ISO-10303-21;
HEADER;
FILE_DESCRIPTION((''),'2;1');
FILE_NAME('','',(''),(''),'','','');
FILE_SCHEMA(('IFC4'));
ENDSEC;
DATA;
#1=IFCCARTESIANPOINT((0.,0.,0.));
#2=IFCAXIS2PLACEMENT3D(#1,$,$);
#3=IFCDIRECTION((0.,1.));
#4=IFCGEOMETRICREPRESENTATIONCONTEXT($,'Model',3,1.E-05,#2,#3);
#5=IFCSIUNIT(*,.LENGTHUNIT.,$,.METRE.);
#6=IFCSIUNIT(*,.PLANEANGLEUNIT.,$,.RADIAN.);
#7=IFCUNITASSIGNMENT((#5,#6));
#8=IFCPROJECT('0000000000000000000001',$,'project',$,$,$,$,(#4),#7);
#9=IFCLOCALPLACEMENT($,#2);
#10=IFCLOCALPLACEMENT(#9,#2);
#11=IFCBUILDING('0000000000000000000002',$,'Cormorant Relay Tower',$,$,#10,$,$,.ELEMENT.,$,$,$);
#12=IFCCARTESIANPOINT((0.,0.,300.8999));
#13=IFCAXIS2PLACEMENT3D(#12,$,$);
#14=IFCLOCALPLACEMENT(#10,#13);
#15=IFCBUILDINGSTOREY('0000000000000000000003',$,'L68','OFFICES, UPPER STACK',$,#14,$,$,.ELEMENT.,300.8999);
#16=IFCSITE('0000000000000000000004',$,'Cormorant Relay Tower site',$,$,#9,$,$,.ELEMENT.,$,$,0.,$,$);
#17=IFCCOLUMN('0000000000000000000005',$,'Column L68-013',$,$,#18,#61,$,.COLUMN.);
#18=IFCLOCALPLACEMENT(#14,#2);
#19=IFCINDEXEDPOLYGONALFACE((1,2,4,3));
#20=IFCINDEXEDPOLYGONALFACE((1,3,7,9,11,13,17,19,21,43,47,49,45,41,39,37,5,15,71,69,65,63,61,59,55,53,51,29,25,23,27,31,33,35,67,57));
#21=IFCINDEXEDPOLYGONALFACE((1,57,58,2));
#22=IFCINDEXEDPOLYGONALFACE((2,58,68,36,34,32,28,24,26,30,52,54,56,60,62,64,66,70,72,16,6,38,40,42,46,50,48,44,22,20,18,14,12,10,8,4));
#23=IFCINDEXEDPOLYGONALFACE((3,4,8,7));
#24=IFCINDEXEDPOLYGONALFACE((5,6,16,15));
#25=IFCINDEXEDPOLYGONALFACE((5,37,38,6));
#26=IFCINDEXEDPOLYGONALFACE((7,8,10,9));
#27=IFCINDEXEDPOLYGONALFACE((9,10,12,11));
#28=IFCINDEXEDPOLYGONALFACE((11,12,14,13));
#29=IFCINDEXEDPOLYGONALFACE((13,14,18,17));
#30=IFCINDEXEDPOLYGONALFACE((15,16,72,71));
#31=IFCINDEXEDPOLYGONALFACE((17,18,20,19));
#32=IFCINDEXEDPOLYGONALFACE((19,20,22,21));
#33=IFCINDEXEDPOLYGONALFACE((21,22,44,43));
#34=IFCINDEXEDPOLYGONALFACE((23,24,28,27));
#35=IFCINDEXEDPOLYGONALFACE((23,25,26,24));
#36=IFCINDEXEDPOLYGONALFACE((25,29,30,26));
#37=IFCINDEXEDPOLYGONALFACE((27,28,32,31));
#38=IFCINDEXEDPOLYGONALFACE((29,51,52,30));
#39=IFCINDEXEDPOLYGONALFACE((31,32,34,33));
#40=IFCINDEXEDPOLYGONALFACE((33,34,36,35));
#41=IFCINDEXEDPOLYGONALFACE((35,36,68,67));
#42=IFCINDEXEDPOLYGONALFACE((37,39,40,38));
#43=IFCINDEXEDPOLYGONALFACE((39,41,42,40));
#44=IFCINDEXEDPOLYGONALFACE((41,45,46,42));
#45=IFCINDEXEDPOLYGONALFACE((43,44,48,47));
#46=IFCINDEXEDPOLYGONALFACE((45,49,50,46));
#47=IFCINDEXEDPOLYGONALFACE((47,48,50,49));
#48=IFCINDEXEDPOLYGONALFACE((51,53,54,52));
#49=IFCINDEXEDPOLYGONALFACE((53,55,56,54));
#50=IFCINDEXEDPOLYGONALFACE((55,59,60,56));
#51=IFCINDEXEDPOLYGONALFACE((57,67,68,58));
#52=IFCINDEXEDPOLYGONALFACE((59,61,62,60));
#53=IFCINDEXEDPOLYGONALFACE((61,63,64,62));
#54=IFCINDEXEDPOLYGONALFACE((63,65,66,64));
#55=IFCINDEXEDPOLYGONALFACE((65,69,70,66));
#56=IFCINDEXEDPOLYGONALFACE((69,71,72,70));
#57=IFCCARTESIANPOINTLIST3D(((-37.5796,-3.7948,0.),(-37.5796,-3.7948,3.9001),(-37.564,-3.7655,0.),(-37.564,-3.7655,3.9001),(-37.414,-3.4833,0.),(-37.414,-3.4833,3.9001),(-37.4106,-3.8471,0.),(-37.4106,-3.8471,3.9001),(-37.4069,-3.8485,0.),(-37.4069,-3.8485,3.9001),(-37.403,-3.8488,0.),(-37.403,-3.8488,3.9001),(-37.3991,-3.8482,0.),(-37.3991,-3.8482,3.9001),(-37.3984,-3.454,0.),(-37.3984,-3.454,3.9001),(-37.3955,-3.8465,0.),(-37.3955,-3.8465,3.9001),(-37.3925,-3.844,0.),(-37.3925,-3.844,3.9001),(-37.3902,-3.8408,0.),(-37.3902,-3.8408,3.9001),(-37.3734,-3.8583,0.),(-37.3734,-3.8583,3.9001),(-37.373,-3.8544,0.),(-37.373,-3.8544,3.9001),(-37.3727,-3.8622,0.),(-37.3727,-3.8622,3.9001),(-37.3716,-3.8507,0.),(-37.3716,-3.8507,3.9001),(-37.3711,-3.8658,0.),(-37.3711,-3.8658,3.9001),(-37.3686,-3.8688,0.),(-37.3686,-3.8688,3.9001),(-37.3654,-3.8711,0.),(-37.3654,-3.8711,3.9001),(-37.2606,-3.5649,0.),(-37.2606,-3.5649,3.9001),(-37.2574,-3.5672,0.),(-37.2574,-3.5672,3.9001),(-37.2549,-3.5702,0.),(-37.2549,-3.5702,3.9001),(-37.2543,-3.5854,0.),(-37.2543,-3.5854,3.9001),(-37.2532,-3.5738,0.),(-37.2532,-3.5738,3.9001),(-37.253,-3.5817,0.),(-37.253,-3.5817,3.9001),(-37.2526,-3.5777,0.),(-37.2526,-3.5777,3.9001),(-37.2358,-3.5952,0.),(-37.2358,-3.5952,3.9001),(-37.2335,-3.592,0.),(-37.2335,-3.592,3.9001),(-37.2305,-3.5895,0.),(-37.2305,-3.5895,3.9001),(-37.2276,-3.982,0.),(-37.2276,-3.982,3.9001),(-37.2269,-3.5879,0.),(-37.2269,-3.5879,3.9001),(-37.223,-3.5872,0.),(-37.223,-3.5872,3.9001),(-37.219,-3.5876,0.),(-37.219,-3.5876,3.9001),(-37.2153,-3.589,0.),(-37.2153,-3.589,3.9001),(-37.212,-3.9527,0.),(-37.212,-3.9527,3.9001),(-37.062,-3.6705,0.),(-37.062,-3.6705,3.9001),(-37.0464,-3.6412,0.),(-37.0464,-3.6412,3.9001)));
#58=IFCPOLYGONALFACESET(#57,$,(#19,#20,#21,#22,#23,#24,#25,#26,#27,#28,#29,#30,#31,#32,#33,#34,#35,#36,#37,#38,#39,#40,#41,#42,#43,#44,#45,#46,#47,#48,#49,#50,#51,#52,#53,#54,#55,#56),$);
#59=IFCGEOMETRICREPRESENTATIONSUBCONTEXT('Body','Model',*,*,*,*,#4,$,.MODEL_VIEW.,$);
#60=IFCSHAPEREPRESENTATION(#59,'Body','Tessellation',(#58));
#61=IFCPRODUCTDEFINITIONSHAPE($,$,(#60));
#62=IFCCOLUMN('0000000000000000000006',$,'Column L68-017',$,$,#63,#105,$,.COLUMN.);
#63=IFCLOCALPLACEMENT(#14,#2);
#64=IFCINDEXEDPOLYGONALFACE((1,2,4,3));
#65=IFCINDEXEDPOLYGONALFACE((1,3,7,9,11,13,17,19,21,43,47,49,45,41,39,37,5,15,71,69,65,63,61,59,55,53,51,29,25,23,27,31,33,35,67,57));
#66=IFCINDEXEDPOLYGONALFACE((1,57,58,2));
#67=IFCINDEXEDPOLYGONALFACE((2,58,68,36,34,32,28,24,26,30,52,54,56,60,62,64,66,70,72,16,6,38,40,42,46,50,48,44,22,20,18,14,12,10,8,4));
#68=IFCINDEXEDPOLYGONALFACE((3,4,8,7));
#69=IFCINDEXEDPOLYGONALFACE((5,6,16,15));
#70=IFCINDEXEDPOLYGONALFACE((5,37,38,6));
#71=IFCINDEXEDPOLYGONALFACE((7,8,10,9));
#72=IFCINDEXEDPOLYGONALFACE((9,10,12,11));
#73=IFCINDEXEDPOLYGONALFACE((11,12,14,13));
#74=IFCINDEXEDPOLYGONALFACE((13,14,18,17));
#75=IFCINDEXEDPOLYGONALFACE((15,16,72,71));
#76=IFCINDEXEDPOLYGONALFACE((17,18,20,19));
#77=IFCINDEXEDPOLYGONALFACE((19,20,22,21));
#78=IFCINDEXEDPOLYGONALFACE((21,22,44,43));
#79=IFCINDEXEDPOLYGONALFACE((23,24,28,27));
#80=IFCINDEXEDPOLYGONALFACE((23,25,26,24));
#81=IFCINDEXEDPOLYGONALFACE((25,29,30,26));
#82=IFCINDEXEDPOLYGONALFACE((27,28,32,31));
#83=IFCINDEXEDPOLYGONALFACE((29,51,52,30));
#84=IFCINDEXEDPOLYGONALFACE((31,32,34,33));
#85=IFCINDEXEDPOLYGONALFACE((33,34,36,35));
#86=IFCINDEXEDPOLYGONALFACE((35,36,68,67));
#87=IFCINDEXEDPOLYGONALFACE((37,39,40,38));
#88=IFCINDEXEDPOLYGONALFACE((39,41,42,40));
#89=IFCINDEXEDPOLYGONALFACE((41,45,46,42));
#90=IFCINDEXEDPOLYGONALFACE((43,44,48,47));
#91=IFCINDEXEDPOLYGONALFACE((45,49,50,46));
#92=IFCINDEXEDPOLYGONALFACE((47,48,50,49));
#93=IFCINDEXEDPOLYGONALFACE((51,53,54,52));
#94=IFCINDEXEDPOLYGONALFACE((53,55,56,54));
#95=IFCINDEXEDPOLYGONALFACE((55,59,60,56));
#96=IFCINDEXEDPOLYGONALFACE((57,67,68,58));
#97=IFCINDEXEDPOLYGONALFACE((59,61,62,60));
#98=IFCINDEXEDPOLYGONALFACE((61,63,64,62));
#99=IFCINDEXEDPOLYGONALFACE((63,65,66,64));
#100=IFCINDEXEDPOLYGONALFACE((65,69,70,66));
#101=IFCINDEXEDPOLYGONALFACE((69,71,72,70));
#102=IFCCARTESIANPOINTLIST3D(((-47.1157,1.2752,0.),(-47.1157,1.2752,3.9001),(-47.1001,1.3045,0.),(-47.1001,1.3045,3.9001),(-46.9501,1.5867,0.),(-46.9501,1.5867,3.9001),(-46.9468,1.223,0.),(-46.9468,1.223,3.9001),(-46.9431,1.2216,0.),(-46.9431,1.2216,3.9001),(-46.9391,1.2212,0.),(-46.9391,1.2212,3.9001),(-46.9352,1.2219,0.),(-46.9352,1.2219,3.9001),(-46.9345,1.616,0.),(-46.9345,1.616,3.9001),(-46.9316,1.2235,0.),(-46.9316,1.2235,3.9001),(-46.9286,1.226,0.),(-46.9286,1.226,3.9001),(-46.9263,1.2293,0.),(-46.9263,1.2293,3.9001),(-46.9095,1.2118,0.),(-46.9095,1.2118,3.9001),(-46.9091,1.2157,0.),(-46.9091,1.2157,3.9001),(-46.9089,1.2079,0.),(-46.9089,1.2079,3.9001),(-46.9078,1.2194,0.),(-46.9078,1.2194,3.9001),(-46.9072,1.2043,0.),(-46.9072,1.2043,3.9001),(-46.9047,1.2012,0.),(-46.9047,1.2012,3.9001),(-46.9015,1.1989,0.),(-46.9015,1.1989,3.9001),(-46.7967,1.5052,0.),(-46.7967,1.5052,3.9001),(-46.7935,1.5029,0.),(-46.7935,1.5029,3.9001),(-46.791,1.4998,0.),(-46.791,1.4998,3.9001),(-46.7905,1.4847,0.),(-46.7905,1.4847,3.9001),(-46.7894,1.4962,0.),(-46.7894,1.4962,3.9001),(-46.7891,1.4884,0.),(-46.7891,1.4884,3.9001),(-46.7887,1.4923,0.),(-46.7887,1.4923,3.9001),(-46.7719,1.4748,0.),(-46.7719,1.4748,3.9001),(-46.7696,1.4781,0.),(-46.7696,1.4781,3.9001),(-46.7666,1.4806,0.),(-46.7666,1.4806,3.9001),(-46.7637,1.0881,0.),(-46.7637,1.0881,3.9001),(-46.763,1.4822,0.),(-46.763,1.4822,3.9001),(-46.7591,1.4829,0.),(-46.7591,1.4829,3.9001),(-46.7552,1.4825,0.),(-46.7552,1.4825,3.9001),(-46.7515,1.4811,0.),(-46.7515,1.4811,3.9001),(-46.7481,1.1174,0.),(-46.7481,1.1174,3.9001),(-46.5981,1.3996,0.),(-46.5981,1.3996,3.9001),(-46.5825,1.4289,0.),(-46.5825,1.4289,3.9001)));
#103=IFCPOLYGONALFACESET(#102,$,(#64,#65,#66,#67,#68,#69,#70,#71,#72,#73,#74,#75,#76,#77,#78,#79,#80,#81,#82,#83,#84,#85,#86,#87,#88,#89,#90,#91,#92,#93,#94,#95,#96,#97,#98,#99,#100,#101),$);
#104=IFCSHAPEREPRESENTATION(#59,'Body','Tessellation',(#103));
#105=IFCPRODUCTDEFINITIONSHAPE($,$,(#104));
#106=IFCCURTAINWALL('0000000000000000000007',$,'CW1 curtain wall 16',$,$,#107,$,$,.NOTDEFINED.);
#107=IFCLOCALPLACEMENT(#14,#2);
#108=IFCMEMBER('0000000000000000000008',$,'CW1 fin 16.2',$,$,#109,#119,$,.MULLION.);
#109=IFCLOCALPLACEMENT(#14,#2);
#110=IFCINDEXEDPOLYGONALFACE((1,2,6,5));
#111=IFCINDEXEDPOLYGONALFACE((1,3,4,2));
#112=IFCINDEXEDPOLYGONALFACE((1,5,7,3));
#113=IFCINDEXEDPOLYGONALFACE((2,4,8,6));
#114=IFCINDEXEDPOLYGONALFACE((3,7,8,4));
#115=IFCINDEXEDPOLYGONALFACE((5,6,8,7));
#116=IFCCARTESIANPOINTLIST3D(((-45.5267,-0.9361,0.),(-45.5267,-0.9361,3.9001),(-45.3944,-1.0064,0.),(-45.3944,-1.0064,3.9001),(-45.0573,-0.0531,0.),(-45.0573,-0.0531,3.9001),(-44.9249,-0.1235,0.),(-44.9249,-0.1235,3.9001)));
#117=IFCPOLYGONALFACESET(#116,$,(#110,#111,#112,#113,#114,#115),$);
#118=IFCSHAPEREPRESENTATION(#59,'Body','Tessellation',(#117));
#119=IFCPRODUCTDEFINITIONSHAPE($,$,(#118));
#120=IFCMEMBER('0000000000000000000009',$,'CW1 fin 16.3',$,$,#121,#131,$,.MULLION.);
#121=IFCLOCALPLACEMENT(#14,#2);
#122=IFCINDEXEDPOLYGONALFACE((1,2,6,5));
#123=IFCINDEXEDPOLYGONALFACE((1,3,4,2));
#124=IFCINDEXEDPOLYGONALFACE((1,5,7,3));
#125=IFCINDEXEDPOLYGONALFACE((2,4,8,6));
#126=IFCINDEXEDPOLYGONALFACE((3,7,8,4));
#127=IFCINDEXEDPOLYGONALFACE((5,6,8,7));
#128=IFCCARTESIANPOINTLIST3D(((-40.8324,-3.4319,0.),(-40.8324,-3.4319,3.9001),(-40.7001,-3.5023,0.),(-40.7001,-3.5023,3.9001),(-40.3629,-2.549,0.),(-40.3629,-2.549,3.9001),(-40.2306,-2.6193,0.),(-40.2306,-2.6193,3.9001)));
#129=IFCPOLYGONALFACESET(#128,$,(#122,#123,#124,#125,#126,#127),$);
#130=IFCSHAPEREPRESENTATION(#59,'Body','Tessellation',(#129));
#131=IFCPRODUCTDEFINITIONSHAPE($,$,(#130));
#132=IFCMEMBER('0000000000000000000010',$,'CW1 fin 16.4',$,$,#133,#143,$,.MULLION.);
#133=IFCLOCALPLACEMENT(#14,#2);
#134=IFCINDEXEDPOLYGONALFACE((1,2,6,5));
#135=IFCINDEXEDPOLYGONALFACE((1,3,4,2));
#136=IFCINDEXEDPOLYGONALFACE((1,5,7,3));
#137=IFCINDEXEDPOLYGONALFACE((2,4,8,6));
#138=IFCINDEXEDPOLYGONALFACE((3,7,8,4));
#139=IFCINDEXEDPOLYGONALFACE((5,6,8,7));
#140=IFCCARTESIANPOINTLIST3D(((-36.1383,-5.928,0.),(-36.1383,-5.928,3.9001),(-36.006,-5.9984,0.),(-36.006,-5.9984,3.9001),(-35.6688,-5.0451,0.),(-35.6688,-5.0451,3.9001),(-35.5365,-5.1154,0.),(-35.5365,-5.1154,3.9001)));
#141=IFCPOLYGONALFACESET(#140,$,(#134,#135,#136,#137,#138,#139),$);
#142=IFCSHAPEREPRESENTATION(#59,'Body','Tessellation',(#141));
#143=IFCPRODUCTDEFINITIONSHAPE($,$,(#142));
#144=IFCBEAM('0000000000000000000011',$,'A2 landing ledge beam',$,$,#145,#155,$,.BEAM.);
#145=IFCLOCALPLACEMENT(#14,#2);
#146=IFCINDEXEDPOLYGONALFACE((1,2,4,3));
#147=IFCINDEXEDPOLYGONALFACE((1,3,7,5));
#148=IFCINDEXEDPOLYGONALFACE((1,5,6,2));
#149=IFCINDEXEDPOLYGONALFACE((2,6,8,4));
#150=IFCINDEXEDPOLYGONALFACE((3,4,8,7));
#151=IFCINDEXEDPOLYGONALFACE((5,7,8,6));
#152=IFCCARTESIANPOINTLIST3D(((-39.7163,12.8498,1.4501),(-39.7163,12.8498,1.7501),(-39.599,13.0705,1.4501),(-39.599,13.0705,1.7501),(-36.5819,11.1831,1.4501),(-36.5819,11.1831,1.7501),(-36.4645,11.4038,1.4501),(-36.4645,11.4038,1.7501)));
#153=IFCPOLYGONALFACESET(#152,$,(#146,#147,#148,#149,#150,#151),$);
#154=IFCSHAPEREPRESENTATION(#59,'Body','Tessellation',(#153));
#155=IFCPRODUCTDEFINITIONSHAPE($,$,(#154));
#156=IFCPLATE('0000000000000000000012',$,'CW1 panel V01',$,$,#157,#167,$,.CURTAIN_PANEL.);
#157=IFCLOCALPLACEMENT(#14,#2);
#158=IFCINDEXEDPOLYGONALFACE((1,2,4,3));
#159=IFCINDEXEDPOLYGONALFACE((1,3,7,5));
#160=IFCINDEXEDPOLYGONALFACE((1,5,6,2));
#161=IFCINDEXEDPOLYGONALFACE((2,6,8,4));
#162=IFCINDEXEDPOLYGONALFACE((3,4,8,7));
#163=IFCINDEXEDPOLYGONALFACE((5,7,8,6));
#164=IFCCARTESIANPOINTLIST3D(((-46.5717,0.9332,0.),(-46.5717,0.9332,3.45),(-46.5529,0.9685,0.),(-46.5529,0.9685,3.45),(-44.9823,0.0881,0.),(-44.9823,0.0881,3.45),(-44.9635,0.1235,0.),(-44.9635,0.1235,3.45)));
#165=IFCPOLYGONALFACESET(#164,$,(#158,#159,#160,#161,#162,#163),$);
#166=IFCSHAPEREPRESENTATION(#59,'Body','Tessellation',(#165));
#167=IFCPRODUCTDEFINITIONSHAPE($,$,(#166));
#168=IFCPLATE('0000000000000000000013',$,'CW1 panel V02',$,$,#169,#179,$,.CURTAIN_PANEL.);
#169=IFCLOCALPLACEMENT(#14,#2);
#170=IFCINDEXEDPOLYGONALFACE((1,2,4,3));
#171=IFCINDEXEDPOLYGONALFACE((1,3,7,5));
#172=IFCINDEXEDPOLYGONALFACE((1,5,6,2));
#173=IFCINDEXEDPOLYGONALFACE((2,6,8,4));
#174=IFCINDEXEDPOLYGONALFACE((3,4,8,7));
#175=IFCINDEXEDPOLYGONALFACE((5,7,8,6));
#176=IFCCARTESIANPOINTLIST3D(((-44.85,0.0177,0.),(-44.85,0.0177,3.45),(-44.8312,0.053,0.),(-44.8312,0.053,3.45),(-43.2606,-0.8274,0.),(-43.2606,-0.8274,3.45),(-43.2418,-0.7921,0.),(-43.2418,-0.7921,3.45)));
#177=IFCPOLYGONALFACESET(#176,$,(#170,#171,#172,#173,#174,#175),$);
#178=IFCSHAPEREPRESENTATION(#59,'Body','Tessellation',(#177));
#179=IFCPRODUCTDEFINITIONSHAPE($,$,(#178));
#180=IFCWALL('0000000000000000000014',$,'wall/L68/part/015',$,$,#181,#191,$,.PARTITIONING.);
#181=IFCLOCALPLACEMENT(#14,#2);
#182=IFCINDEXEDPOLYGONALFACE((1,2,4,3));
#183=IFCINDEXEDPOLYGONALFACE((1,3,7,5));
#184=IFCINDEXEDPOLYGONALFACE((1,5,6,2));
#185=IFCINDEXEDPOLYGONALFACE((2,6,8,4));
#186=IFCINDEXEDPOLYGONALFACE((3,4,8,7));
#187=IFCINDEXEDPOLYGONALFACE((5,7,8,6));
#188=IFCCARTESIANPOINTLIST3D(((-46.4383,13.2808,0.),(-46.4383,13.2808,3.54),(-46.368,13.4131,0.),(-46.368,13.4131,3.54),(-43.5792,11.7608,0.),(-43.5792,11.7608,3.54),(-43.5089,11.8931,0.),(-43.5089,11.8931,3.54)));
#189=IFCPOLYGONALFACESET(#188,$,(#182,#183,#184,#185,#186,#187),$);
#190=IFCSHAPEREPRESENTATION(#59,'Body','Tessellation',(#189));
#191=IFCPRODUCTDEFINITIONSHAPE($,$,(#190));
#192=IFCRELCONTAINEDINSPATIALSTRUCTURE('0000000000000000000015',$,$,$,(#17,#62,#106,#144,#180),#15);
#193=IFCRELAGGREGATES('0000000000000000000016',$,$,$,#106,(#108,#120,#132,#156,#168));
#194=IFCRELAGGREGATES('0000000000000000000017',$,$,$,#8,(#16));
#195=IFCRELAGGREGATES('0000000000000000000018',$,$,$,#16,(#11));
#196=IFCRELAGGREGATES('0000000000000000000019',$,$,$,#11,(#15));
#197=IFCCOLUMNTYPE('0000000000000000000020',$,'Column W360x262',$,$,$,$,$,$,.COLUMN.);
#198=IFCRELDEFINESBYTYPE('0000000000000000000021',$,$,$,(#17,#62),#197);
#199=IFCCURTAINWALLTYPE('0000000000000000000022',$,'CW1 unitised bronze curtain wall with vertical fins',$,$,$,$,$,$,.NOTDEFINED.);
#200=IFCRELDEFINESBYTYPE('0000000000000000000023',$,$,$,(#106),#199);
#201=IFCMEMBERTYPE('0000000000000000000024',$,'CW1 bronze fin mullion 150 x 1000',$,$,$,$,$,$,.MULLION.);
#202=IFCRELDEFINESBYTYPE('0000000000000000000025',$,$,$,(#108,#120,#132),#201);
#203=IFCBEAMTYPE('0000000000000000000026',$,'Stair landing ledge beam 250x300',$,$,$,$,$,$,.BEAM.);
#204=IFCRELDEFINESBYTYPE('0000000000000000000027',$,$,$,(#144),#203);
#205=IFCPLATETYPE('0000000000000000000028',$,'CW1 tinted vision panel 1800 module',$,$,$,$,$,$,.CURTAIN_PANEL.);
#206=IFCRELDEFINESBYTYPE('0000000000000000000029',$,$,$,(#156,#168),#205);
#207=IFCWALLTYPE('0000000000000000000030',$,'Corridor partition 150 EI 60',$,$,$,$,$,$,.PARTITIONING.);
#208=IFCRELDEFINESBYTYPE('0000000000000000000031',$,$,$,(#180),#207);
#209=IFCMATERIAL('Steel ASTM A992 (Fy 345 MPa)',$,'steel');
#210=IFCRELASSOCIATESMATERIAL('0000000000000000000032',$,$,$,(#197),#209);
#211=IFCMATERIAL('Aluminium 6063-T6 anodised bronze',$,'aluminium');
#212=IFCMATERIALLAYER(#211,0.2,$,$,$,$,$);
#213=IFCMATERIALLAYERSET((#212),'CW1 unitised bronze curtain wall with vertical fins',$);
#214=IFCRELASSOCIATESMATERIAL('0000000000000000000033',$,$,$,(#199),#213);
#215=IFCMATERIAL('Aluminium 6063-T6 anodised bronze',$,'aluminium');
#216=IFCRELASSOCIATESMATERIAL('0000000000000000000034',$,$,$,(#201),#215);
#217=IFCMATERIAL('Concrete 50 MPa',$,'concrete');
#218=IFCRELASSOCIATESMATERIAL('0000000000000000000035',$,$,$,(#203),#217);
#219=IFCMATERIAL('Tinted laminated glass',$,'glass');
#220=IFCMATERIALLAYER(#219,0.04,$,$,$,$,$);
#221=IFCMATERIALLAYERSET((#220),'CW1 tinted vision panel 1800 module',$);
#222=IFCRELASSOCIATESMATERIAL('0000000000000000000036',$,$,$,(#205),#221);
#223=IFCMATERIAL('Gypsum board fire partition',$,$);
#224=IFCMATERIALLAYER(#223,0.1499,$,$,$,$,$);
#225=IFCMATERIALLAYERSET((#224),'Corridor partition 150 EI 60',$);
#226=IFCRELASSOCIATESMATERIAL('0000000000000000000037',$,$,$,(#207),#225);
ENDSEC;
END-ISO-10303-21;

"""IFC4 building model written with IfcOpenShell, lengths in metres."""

from ifc_helpers import new_model, si_unit, direction, frame, frame_2d, origin, origin_2d, place, context, subcontext, project, spatial, rectangle, i_section, extrude, material, layer, layer_set, material_profile, profile_set, type_object, element, aggregate, save


model = new_model("IFC4")

# Units and contexts
model_context = context("Model", 3, precision=1e-05, world=origin(), true_north=direction((0.0, 1.0)))
body_context = subcontext(model_context, "Body", "Model", "MODEL_VIEW")
ifc_project = project(units=[si_unit("LENGTHUNIT", "METRE"), si_unit("PLANEANGLEUNIT", "RADIAN")], contexts=[model_context])

# Site, building, storey
site_placement = place(None, origin())
site = spatial("IfcSite", under=ifc_project, at=site_placement, Name="Cormorant Relay Tower site", CompositionType="ELEMENT", RefElevation=0.0)
building_placement = place(site_placement, origin())
building = spatial("IfcBuilding", under=site, at=building_placement, Name="Cormorant Relay Tower", CompositionType="ELEMENT")
storey_placement = place(building_placement, frame((0.0, 0.0, 300.8999)))
storey = spatial("IfcBuildingStorey", under=building, at=storey_placement, Name="L68", Description="OFFICES, UPPER STACK", CompositionType="ELEMENT", Elevation=300.8999)

# Columns
ifc_material_1 = material(Name="Steel ASTM A992 (Fy 345 MPa)", Category="steel")
ifc_material_profile_1 = material_profile(ifc_material_1, i_section(OverallWidth=0.3987, OverallDepth=0.386, WebThickness=0.021, FlangeThickness=0.0332, FilletRadius=0.0151, at=origin_2d()), Name="W360x262")
ifc_profile_set_1 = profile_set([ifc_material_profile_1], Name="Steel ASTM A992 (Fy 345 MPa)")
column_type = type_object("IfcColumnType", Name="Column W360x262", PredefinedType="COLUMN", material=ifc_profile_set_1)
for number, where, z_axis, x_axis, name in (
    (1, (-37.313, -3.718, 0.0), (0.0, 0.0, 1.0), (0.882948, -0.469472, 0.0), "Column L68-013"),
    (2, (-46.8491, 1.3521, 0.0), (0.0, 0.0, 1.0), (0.882948, -0.469472, 0.0), "Column L68-017"),
):
    element("IfcColumn", number, at=place(storey_placement, frame(where, z_axis=z_axis, x_axis=x_axis)), inside=storey, type_object=column_type, Name=name, PredefinedType="COLUMN", context=body_context, shape_type="SweptSolid", body=[
        extrude(i_section(OverallWidth=0.3987, OverallDepth=0.386, WebThickness=0.021, FlangeThickness=0.0332, FilletRadius=0.0151, at=origin_2d()), origin(), (0.0, 0.0, 1.0), 3.9001),
    ])

# Curtain wall, members
ifc_material_2 = material(Name="Aluminium 6063-T6 anodised bronze", Category="aluminium")
ifc_layer_1 = layer(ifc_material_2, 0.2)
ifc_layer_set_1 = layer_set([ifc_layer_1], Name="CW1 unitised bronze curtain wall with vertical fins")
curtain_wall_type = type_object("IfcCurtainWallType", Name="CW1 unitised bronze curtain wall with vertical fins", PredefinedType="NOTDEFINED", material=ifc_layer_set_1)
curtain_wall_placement = place(storey_placement, origin())
curtain_wall = element("IfcCurtainWall", 3, at=curtain_wall_placement, inside=storey, type_object=curtain_wall_type, Name="CW1 curtain wall 16", PredefinedType="NOTDEFINED")
ifc_material_3 = material(Name="Aluminium 6063-T6 anodised bronze", Category="aluminium")
ifc_material_profile_2 = material_profile(ifc_material_3, rectangle(XDim=0.1499, YDim=1.0, at=origin_2d()), Name="AL 150x1000")
ifc_profile_set_2 = profile_set([ifc_material_profile_2], Name="Aluminium 6063-T6 anodised bronze")
member_type = type_object("IfcMemberType", Name="CW1 bronze fin mullion 150 x 1000", PredefinedType="MULLION", material=ifc_profile_set_2)
member_1_placement = place(storey_placement, frame((-45.2258, -0.5298, 0.0), z_axis=(0.0, 0.0, 1.0), x_axis=(0.882948, -0.469472, 0.0)))
member_1 = element("IfcMember", 4, at=member_1_placement, type_object=member_type, Name="CW1 fin 16.2", PredefinedType="MULLION", context=body_context, shape_type="SweptSolid", body=[
    extrude(rectangle(XDim=0.1499, YDim=1.0, at=origin_2d()), origin(), (0.0, 0.0, 1.0), 3.9001),
])
member_2_placement = place(storey_placement, frame((-40.5315, -3.0256, 0.0), z_axis=(0.0, 0.0, 1.0), x_axis=(0.882948, -0.469472, 0.0)))
member_2 = element("IfcMember", 5, at=member_2_placement, type_object=member_type, Name="CW1 fin 16.3", PredefinedType="MULLION", context=body_context, shape_type="SweptSolid", body=[
    extrude(rectangle(XDim=0.1499, YDim=1.0, at=origin_2d()), origin(), (0.0, 0.0, 1.0), 3.9001),
])
member_3_placement = place(storey_placement, frame((-35.8374, -5.5217, 0.0), z_axis=(0.0, 0.0, 1.0), x_axis=(0.882948, -0.469472, 0.0)))
member_3 = element("IfcMember", 6, at=member_3_placement, type_object=member_type, Name="CW1 fin 16.4", PredefinedType="MULLION", context=body_context, shape_type="SweptSolid", body=[
    extrude(rectangle(XDim=0.1499, YDim=1.0, at=origin_2d()), origin(), (0.0, 0.0, 1.0), 3.9001),
])

# Beam
ifc_material_4 = material(Name="Concrete 50 MPa", Category="concrete")
ifc_material_profile_3 = material_profile(ifc_material_4, rectangle(XDim=0.25, YDim=0.3, at=origin_2d()), Name="RC 250x300")
ifc_profile_set_3 = profile_set([ifc_material_profile_3], Name="Concrete 50 MPa")
beam_type = type_object("IfcBeamType", Name="Stair landing ledge beam 250x300", PredefinedType="BEAM", material=ifc_profile_set_3)
beam_placement = place(storey_placement, frame((-36.5232, 11.2935, 1.6001), z_axis=(-0.882937, 0.469492, 0.0), x_axis=(-0.469492, -0.882937, 0.0)))
element("IfcBeam", 7, at=beam_placement, inside=storey, type_object=beam_type, Name="A2 landing ledge beam", PredefinedType="BEAM", context=body_context, shape_type="SweptSolid", body=[
    extrude(rectangle(XDim=0.25, YDim=0.3, at=origin_2d()), origin(), (0.0, 0.0, 1.0), 3.55),
])

# Plates
ifc_material_5 = material(Name="Tinted laminated glass", Category="glass")
ifc_layer_2 = layer(ifc_material_5, 0.04)
ifc_layer_set_2 = layer_set([ifc_layer_2], Name="CW1 tinted vision panel 1800 module")
plate_type = type_object("IfcPlateType", Name="CW1 tinted vision panel 1800 module", PredefinedType="CURTAIN_PANEL", material=ifc_layer_set_2)
plate_1_placement = place(storey_placement, frame((-45.7676, 0.5283, 0.0), z_axis=(0.0, 0.0, 1.0), x_axis=(0.882948, -0.469472, 0.0)))
plate_1 = element("IfcPlate", 8, at=plate_1_placement, type_object=plate_type, Name="CW1 panel V01", PredefinedType="CURTAIN_PANEL", context=body_context, shape_type="SweptSolid", body=[
    extrude(rectangle(XDim=1.8, YDim=0.04, at=origin_2d()), origin(), (0.0, 0.0, 1.0), 3.45),
])
plate_2_placement = place(storey_placement, frame((-44.0459, -0.3872, 0.0), z_axis=(0.0, 0.0, 1.0), x_axis=(0.882948, -0.469472, 0.0)))
plate_2 = element("IfcPlate", 9, at=plate_2_placement, type_object=plate_type, Name="CW1 panel V02", PredefinedType="CURTAIN_PANEL", context=body_context, shape_type="SweptSolid", body=[
    extrude(rectangle(XDim=1.8, YDim=0.04, at=origin_2d()), origin(), (0.0, 0.0, 1.0), 3.45),
])

# Wall
ifc_material_6 = material(Name="Gypsum board fire partition")
ifc_layer_3 = layer(ifc_material_6, 0.1499)
ifc_layer_set_3 = layer_set([ifc_layer_3], Name="Corridor partition 150 EI 60")
wall_type_1 = type_object("IfcWallType", Name="Corridor partition 150 EI 60", PredefinedType="PARTITIONING", material=ifc_layer_set_3)
wall_1_placement = place(storey_placement, frame((-43.5439, 11.8269, 0.0), z_axis=(0.0, 0.0, 1.0), x_axis=(-0.882974, 0.469422, 0.0)))
element("IfcWall", 10, at=wall_1_placement, inside=storey, type_object=wall_type_1, Name="wall/L68/part/015", PredefinedType="PARTITIONING", context=body_context, shape_type="SweptSolid", body=[
    extrude(rectangle(XDim=3.238, YDim=0.1499, at=frame_2d((1.6191, 0.0))), origin(), (0.0, 0.0, 1.0), 3.54),
])

aggregate(curtain_wall, [member_1, member_2, member_3, plate_1, plate_2])

save(model, "model.ifc")
